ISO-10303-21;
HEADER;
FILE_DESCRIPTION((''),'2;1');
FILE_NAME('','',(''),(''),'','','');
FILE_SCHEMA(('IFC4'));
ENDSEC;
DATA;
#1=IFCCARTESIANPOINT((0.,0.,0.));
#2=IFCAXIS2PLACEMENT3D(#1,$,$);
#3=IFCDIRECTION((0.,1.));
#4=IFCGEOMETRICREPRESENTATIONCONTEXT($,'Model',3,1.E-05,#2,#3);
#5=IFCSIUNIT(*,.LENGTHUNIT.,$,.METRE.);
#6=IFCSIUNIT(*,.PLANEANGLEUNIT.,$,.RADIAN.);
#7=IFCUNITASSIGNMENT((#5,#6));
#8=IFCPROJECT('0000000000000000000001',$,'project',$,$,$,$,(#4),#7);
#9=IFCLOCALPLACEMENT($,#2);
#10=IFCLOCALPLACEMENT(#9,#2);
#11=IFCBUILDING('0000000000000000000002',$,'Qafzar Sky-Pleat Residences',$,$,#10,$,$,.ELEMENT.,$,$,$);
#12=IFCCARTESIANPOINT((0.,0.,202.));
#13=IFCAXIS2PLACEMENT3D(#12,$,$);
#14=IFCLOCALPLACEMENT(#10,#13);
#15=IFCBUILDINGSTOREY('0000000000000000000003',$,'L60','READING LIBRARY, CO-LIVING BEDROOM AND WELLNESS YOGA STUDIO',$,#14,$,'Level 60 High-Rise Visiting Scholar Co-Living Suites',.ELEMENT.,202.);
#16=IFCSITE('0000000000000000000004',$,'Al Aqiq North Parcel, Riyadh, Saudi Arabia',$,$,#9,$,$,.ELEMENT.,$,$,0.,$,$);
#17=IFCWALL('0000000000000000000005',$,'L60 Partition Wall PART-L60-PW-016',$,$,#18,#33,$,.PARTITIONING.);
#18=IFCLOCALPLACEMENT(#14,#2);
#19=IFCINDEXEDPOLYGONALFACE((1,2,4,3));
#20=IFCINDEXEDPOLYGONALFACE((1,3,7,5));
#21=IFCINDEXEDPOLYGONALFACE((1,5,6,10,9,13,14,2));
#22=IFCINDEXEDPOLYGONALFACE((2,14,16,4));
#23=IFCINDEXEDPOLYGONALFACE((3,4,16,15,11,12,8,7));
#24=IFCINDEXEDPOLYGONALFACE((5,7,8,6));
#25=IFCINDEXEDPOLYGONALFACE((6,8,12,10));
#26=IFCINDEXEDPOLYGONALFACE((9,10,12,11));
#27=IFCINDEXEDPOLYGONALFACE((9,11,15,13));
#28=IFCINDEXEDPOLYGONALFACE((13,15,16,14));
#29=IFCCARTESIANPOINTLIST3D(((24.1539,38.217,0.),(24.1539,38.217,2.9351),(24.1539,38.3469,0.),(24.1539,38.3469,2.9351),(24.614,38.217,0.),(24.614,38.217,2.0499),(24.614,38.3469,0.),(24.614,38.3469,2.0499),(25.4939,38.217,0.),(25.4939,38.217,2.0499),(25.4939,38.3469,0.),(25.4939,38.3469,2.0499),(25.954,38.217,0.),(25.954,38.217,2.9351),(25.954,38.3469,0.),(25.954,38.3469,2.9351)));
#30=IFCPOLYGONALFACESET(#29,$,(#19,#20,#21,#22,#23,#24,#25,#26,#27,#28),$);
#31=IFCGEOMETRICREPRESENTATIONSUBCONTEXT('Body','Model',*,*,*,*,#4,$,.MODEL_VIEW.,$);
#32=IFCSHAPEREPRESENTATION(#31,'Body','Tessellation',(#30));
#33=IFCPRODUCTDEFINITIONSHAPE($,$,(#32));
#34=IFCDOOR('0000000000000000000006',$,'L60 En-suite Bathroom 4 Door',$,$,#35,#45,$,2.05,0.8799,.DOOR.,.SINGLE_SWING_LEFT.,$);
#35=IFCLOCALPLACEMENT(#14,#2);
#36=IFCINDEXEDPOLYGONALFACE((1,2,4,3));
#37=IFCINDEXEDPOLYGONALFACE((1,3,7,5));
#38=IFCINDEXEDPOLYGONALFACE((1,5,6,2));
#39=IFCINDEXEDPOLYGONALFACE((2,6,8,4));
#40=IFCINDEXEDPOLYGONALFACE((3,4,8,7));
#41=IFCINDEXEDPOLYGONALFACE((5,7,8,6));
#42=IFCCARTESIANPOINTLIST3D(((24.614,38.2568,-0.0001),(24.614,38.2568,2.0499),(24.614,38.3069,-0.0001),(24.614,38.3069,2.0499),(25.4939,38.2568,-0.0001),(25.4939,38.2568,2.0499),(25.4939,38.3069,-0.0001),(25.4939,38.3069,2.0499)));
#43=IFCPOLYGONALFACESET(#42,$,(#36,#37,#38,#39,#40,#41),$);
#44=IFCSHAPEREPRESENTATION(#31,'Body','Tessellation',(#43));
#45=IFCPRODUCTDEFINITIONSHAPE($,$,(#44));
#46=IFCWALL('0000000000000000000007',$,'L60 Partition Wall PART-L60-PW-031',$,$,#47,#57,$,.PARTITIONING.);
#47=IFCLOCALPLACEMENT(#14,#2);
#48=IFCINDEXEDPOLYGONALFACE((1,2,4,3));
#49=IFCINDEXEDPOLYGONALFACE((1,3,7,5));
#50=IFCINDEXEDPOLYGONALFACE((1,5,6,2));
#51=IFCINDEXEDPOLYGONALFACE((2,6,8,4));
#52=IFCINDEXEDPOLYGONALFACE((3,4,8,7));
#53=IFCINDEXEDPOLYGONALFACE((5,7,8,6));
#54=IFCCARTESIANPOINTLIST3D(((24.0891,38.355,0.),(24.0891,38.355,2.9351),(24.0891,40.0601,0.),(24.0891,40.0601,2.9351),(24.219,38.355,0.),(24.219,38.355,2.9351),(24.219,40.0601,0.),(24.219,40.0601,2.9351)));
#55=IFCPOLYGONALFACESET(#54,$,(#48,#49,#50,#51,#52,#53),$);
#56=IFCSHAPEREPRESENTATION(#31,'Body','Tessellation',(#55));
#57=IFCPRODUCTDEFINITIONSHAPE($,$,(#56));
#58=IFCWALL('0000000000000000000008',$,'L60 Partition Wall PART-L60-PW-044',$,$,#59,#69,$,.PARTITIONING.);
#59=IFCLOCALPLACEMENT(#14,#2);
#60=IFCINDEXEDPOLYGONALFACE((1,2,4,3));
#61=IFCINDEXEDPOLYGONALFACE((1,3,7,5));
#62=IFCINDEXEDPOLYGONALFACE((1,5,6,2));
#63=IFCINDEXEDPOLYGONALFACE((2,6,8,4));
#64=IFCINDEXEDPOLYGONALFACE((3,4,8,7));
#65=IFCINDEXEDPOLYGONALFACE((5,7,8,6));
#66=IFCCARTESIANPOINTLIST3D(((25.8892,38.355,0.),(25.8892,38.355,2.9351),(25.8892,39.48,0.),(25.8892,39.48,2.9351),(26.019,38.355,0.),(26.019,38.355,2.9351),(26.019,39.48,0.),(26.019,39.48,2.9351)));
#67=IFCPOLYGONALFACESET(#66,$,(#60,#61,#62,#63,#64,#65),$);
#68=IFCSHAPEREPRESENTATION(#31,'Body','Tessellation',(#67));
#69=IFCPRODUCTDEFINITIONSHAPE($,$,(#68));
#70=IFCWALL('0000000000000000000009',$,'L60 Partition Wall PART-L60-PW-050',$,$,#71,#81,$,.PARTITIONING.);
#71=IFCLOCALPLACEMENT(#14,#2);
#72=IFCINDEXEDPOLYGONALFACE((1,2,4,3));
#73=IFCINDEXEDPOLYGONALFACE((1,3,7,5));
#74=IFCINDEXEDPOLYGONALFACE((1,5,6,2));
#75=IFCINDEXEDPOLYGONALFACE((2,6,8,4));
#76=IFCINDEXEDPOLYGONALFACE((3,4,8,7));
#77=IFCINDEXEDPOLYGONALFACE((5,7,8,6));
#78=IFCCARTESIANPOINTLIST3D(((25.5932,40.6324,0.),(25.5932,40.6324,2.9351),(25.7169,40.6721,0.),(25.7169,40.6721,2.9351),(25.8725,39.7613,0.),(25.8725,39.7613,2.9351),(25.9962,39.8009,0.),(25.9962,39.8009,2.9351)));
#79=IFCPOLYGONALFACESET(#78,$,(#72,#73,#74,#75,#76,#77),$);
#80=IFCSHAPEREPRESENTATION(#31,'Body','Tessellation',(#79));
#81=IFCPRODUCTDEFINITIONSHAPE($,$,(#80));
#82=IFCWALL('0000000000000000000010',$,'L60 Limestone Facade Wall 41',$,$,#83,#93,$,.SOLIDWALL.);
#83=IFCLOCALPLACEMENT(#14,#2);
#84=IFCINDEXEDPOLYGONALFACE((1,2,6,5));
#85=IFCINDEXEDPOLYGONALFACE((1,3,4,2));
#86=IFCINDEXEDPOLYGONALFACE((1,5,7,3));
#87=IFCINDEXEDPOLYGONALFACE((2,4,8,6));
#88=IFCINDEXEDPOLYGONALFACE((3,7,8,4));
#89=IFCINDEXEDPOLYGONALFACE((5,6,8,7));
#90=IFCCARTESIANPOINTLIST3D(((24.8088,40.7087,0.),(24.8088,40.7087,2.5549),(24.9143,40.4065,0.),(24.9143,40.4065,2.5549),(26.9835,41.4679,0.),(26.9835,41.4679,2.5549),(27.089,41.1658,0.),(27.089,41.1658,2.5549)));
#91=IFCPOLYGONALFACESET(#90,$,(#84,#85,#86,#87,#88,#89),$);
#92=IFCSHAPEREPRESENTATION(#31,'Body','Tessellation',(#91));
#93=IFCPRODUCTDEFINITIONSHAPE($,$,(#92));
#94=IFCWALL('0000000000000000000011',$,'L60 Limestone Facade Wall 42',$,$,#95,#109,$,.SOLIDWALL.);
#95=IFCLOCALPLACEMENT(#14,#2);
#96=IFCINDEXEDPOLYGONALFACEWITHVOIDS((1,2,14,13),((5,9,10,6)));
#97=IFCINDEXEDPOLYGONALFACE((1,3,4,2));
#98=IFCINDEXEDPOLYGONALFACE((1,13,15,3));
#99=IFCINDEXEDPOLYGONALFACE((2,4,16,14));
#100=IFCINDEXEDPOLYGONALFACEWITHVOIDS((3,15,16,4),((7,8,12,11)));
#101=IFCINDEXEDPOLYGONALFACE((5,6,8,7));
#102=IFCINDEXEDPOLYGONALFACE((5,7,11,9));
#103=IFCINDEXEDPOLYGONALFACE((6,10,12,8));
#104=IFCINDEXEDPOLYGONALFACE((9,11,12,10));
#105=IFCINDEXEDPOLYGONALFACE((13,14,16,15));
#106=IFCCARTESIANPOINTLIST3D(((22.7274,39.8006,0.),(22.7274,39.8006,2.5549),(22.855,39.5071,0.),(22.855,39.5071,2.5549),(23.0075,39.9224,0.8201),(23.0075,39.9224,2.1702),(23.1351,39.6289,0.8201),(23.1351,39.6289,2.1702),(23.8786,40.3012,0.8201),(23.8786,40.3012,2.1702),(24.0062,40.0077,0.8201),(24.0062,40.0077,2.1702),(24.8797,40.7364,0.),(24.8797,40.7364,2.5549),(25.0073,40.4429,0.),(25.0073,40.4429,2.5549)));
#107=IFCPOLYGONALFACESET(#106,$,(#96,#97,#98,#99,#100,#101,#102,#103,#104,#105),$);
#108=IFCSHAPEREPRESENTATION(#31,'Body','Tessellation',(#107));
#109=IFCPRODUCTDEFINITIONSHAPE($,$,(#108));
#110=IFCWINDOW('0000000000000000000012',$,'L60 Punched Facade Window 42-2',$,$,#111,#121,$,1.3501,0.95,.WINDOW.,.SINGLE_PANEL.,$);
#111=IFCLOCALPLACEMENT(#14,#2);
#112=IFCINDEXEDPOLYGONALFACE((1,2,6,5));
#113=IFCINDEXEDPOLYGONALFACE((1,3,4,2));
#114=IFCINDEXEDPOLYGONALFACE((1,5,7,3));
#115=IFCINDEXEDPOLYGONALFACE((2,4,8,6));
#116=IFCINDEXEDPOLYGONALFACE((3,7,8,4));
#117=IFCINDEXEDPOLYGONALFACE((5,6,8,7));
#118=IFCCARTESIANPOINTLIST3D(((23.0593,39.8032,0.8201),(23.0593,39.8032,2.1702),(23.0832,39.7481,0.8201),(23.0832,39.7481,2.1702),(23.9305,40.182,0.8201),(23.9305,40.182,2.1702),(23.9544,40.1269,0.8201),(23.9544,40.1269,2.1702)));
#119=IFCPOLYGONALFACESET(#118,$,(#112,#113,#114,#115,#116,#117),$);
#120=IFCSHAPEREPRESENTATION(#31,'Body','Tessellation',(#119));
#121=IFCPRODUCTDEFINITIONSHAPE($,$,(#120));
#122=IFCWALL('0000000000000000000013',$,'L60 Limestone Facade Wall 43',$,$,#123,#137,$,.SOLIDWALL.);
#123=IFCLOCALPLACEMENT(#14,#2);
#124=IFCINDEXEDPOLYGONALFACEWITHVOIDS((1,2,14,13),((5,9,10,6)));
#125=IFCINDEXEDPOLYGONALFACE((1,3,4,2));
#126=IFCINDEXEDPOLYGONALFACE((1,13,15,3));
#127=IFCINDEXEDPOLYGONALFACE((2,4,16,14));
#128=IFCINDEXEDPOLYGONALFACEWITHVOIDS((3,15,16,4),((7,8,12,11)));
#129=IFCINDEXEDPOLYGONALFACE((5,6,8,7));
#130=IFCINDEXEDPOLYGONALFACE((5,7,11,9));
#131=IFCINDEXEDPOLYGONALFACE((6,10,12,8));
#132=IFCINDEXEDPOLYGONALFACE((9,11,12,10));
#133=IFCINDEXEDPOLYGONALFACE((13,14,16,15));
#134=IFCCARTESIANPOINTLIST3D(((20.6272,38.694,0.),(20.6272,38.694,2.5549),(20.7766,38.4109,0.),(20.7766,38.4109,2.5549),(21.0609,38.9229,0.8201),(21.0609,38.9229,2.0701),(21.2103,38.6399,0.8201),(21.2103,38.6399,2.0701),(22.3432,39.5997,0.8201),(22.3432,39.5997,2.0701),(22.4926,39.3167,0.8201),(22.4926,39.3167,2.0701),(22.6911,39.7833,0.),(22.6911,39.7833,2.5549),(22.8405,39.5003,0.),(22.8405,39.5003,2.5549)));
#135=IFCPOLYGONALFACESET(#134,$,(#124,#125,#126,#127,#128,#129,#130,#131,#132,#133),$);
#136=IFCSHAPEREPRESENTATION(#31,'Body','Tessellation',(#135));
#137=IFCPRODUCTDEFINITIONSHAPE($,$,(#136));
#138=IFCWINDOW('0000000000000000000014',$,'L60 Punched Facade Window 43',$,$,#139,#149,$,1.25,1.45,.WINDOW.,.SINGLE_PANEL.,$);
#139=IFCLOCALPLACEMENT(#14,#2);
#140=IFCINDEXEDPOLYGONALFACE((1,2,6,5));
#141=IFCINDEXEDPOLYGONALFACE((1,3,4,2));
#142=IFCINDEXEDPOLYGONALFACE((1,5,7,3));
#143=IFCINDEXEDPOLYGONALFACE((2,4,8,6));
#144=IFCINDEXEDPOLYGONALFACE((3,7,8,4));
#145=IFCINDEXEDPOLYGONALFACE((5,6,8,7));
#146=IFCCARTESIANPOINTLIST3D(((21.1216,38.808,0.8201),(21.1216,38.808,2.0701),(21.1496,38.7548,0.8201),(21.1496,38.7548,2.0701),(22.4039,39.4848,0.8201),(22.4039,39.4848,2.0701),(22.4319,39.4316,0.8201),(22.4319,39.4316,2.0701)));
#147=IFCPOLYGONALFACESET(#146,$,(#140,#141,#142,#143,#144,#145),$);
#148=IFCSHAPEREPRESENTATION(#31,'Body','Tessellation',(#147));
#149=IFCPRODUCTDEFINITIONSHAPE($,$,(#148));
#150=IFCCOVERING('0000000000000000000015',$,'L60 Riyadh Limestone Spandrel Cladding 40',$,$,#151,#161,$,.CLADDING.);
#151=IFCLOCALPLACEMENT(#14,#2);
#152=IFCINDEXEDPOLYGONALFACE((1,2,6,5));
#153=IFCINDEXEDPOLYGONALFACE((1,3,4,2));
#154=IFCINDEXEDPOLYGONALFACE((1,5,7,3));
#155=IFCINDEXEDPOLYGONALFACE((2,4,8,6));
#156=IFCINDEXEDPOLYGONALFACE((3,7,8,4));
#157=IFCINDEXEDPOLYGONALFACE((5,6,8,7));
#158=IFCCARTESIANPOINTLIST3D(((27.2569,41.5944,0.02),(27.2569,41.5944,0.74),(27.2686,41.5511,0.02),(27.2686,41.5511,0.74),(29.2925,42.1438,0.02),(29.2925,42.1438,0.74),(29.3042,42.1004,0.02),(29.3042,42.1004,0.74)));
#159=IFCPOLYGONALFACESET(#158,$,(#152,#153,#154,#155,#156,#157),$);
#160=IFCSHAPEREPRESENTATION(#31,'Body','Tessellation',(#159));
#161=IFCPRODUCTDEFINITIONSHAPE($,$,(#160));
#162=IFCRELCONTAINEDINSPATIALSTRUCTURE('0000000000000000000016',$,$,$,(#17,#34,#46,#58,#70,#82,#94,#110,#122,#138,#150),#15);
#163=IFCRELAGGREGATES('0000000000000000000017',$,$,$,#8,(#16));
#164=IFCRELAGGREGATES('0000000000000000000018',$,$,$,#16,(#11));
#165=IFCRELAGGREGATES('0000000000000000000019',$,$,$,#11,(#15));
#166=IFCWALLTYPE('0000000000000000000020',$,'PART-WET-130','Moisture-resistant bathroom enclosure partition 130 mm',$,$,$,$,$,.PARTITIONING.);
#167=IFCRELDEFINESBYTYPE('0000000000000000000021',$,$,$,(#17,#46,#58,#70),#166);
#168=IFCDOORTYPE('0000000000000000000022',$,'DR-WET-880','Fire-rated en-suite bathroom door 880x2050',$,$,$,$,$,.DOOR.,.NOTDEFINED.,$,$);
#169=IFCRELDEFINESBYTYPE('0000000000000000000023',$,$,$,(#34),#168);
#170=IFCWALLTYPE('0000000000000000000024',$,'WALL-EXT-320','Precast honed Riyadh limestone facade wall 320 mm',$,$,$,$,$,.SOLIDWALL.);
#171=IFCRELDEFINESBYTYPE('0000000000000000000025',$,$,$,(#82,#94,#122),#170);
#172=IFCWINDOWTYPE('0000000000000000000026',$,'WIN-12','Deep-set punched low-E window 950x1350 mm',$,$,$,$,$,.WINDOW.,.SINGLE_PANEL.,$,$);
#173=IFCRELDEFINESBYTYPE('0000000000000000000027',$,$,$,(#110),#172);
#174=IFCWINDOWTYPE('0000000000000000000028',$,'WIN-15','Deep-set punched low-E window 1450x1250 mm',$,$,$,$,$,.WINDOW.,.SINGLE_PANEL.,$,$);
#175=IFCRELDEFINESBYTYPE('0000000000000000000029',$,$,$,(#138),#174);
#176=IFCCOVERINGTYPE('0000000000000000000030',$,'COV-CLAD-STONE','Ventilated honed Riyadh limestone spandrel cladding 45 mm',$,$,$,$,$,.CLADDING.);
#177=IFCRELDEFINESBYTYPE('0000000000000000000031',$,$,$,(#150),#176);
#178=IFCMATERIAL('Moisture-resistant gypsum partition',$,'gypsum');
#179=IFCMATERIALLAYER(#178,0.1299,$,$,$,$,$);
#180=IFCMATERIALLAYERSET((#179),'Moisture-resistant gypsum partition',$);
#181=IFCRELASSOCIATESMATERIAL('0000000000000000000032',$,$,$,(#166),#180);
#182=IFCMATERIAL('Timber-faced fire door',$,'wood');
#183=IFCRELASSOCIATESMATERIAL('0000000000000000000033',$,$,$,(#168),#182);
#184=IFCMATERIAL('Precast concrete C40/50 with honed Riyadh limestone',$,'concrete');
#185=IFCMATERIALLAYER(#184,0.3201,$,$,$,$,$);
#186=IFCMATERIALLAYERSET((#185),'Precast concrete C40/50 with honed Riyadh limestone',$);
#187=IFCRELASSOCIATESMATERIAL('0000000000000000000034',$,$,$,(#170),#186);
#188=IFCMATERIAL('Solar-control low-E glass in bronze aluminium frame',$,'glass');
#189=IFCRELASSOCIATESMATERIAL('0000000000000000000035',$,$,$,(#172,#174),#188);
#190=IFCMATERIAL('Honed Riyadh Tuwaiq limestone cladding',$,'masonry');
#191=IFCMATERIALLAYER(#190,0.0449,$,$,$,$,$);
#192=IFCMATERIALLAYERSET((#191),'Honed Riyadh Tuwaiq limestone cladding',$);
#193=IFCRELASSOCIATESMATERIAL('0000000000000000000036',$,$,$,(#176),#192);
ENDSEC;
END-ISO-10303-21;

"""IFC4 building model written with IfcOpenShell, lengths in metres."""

from ifc_helpers import new_model, si_unit, direction, frame, frame_2d, origin, origin_2d, place, context, subcontext, project, spatial, rectangle, extrude, source, transform, mapped, material, layer, layer_set, type_object, element, fill, save


model = new_model("IFC4")

# Units and contexts
model_context = context("Model", 3, precision=1e-05, world=origin(), true_north=direction((0.0, 1.0)))
body_context = subcontext(model_context, "Body", "Model", "MODEL_VIEW")
ifc_project = project(units=[si_unit("LENGTHUNIT", "METRE"), si_unit("PLANEANGLEUNIT", "RADIAN")], contexts=[model_context])

# Site, building, storey
site_placement = place(None, origin())
site = spatial("IfcSite", under=ifc_project, at=site_placement, Name="Al Aqiq North Parcel, Riyadh, Saudi Arabia", CompositionType="ELEMENT", RefElevation=0.0)
building_placement = place(site_placement, origin())
building = spatial("IfcBuilding", under=site, at=building_placement, Name="Qafzar Sky-Pleat Residences", CompositionType="ELEMENT")
storey_placement = place(building_placement, frame((0.0, 0.0, 202.0)))
storey = spatial("IfcBuildingStorey", under=building, at=storey_placement, Name="L60", Description="READING LIBRARY, CO-LIVING BEDROOM AND WELLNESS YOGA STUDIO", LongName="Level 60 High-Rise Visiting Scholar Co-Living Suites", CompositionType="ELEMENT", Elevation=202.0)

# Wall, opening, door
ifc_material_1 = material(Name="Moisture-resistant gypsum partition", Category="gypsum")
ifc_layer_1 = layer(ifc_material_1, 0.1299)
ifc_layer_set_1 = layer_set([ifc_layer_1], Name="Moisture-resistant gypsum partition")
wall_type_1 = type_object("IfcWallType", Name="PART-WET-130", Description="Moisture-resistant bathroom enclosure partition 130 mm", PredefinedType="PARTITIONING", material=ifc_layer_set_1)
wall_1_placement = place(storey_placement, frame((24.1541, 38.282, 0.0), z_axis=(0.0, 0.0, 1.0), x_axis=(1.0, 0.0, 0.0)))
wall_1 = element("IfcWall", 1, at=wall_1_placement, inside=storey, type_object=wall_type_1, Name="L60 Partition Wall PART-L60-PW-016", PredefinedType="PARTITIONING", context=body_context, shape_type="SweptSolid", body=[
    extrude(rectangle(XDim=1.8, YDim=0.1299, at=frame_2d((0.8999, 0.0))), origin(), (0.0, 0.0, 1.0), 2.9351),
])
opening_1_placement = place(wall_1_placement, frame((0.46, 0.0, 0.0)))
opening_1 = element("IfcOpeningElement", 2, at=opening_1_placement, cuts=wall_1, PredefinedType="OPENING", context=body_context, shape_type="SweptSolid", body=[
    extrude(rectangle(XDim=0.8799, YDim=2.05, at=frame_2d((0.4399, 1.0249))), frame((0.0, 0.075, 0.0), z_axis=(0.0, -1.0, 0.0), x_axis=(1.0, 0.0, 0.0)), (0.0, 0.0, 1.0), 0.1499),
])
ifc_material_2 = material(Name="Timber-faced fire door", Category="wood")
door_type = type_object("IfcDoorType", Name="DR-WET-880", Description="Fire-rated en-suite bathroom door 880x2050", OperationType="NOTDEFINED", PredefinedType="DOOR", material=ifc_material_2)
shared_shape_1 = source(origin(), body_context, "Body", "SweptSolid", [
    extrude(rectangle(XDim=0.8799, YDim=2.05, at=frame_2d((0.4399, 1.0249))), frame((0.0, 0.0249, 0.0), z_axis=(0.0, -1.0, 0.0), x_axis=(1.0, 0.0, 0.0)), (0.0, 0.0, 1.0), 0.05),
])
door_placement = place(opening_1_placement, origin())
door = element("IfcDoor", 3, at=door_placement, inside=storey, type_object=door_type, Name="L60 En-suite Bathroom 4 Door", OperationType="SINGLE_SWING_LEFT", OverallHeight=2.05, OverallWidth=0.8799, PredefinedType="DOOR", context=body_context, shape_type="MappedRepresentation", body=[
    mapped(shared_shape_1, transform((0.0, 0.0, 0.0), x_axis=(1.0, 0.0, 0.0), y_axis=(0.0, 1.0, 0.0), z_axis=(0.0, 0.0, 1.0), scale=1.0)),
])
fill(opening_1, door)

# Walls
wall_2_placement = place(storey_placement, frame((24.1541, 38.355, 0.0), z_axis=(0.0, 0.0, 1.0), x_axis=(0.0, 1.0, 0.0)))
element("IfcWall", 4, at=wall_2_placement, inside=storey, type_object=wall_type_1, Name="L60 Partition Wall PART-L60-PW-031", PredefinedType="PARTITIONING", context=body_context, shape_type="SweptSolid", body=[
    extrude(rectangle(XDim=1.7051, YDim=0.1299, at=frame_2d((0.8525, 0.0))), origin(), (0.0, 0.0, 1.0), 2.9351),
])
wall_3_placement = place(storey_placement, frame((25.9541, 38.355, 0.0), z_axis=(0.0, 0.0, 1.0), x_axis=(0.0, 1.0, 0.0)))
element("IfcWall", 5, at=wall_3_placement, inside=storey, type_object=wall_type_1, Name="L60 Partition Wall PART-L60-PW-044", PredefinedType="PARTITIONING", context=body_context, shape_type="SweptSolid", body=[
    extrude(rectangle(XDim=1.125, YDim=0.1299, at=frame_2d((0.5625, 0.0))), origin(), (0.0, 0.0, 1.0), 2.9351),
])
wall_4_placement = place(storey_placement, frame((25.655, 40.6523, 0.0), z_axis=(0.0, 0.0, 1.0), x_axis=(0.305318, -0.95225, 0.0)))
element("IfcWall", 6, at=wall_4_placement, inside=storey, type_object=wall_type_1, Name="L60 Partition Wall PART-L60-PW-050", PredefinedType="PARTITIONING", context=body_context, shape_type="SweptSolid", body=[
    extrude(rectangle(XDim=0.9148, YDim=0.1299, at=frame_2d((0.4575, 0.0))), origin(), (0.0, 0.0, 1.0), 2.9351),
])
ifc_material_3 = material(Name="Precast concrete C40/50 with honed Riyadh limestone", Category="concrete")
ifc_layer_2 = layer(ifc_material_3, 0.3201)
ifc_layer_set_2 = layer_set([ifc_layer_2], Name="Precast concrete C40/50 with honed Riyadh limestone")
wall_type_2 = type_object("IfcWallType", Name="WALL-EXT-320", Description="Precast honed Riyadh limestone facade wall 320 mm", PredefinedType="SOLIDWALL", material=ifc_layer_set_2)
wall_5_placement = place(storey_placement, frame((27.0364, 41.3169, 0.0), z_axis=(0.0, 0.0, 1.0), x_axis=(-0.944116, -0.329614, 0.0)))
element("IfcWall", 7, at=wall_5_placement, inside=storey, type_object=wall_type_2, Name="L60 Limestone Facade Wall 41", PredefinedType="SOLIDWALL", context=body_context, shape_type="SweptSolid", body=[
    extrude(rectangle(XDim=2.3035, YDim=0.3201, at=frame_2d((1.1519, 0.0))), origin(), (0.0, 0.0, 1.0), 2.5549),
])

# Walls, openings, windows
wall_6_placement = place(storey_placement, frame((24.9434, 40.5896, 0.0), z_axis=(0.0, 0.0, 1.0), x_axis=(-0.917072, -0.398722, 0.0)))
wall_6 = element("IfcWall", 8, at=wall_6_placement, inside=storey, type_object=wall_type_2, Name="L60 Limestone Facade Wall 42", PredefinedType="SOLIDWALL", context=body_context, shape_type="SweptSolid", body=[
    extrude(rectangle(XDim=2.3469, YDim=0.3201, at=frame_2d((1.1733, 0.0))), origin(), (0.0, 0.0, 1.0), 2.5549),
])
opening_2_placement = place(wall_6_placement, frame((1.0913, 0.0, 0.8201)))
opening_2 = element("IfcOpeningElement", 9, at=opening_2_placement, cuts=wall_6, PredefinedType="OPENING", context=body_context, shape_type="SweptSolid", body=[
    extrude(rectangle(XDim=0.95, YDim=1.3501, at=frame_2d((0.4751, 0.675))), frame((0.0, 0.1699, 0.0), z_axis=(0.0, -1.0, 0.0), x_axis=(1.0, 0.0, 0.0)), (0.0, 0.0, 1.0), 0.3401),
])
ifc_material_4 = material(Name="Solar-control low-E glass in bronze aluminium frame", Category="glass")
window_type_1 = type_object("IfcWindowType", Name="WIN-12", Description="Deep-set punched low-E window 950x1350 mm", PartitioningType="SINGLE_PANEL", PredefinedType="WINDOW", material=ifc_material_4)
shared_shape_2 = source(origin(), body_context, "Body", "SweptSolid", [
    extrude(rectangle(XDim=0.95, YDim=1.3501, at=frame_2d((0.4751, 0.675))), frame((0.0, 0.03, 0.0), z_axis=(0.0, -1.0, 0.0), x_axis=(1.0, 0.0, 0.0)), (0.0, 0.0, 1.0), 0.0601),
])
window_1_placement = place(opening_2_placement, origin())
window_1 = element("IfcWindow", 10, at=window_1_placement, inside=storey, type_object=window_type_1, Name="L60 Punched Facade Window 42-2", OverallHeight=1.3501, OverallWidth=0.95, PartitioningType="SINGLE_PANEL", PredefinedType="WINDOW", context=body_context, shape_type="MappedRepresentation", body=[
    mapped(shared_shape_2, transform((0.0, 0.0, 0.0), x_axis=(1.0, 0.0, 0.0), y_axis=(0.0, 1.0, 0.0), z_axis=(0.0, 0.0, 1.0), scale=1.0)),
])
fill(opening_2, window_1)
wall_7_placement = place(storey_placement, frame((22.7659, 39.6418, 0.0), z_axis=(0.0, 0.0, 1.0), x_axis=(-0.884378, -0.466772, 0.0)))
wall_7 = element("IfcWall", 11, at=wall_7_placement, inside=storey, type_object=wall_type_2, Name="L60 Limestone Facade Wall 43", PredefinedType="SOLIDWALL", context=body_context, shape_type="SweptSolid", body=[
    extrude(rectangle(XDim=2.3337, YDim=0.3201, at=frame_2d((1.167, 0.0))), origin(), (0.0, 0.0, 1.0), 2.5549),
])
opening_3_placement = place(wall_7_placement, frame((0.3933, 0.0, 0.8201)))
opening_3 = element("IfcOpeningElement", 12, at=opening_3_placement, cuts=wall_7, PredefinedType="OPENING", context=body_context, shape_type="SweptSolid", body=[
    extrude(rectangle(XDim=1.45, YDim=1.25, at=frame_2d((0.7251, 0.625))), frame((0.0, 0.1699, 0.0), z_axis=(0.0, -1.0, 0.0), x_axis=(1.0, 0.0, 0.0)), (0.0, 0.0, 1.0), 0.3401),
])
window_type_2 = type_object("IfcWindowType", Name="WIN-15", Description="Deep-set punched low-E window 1450x1250 mm", PartitioningType="SINGLE_PANEL", PredefinedType="WINDOW", material=ifc_material_4)
shared_shape_3 = source(origin(), body_context, "Body", "SweptSolid", [
    extrude(rectangle(XDim=1.45, YDim=1.25, at=frame_2d((0.7251, 0.625))), frame((0.0, 0.03, 0.0), z_axis=(0.0, -1.0, 0.0), x_axis=(1.0, 0.0, 0.0)), (0.0, 0.0, 1.0), 0.0601),
])
window_2_placement = place(opening_3_placement, origin())
window_2 = element("IfcWindow", 13, at=window_2_placement, inside=storey, type_object=window_type_2, Name="L60 Punched Facade Window 43", OverallHeight=1.25, OverallWidth=1.45, PartitioningType="SINGLE_PANEL", PredefinedType="WINDOW", context=body_context, shape_type="MappedRepresentation", body=[
    mapped(shared_shape_3, transform((0.0, 0.0, 0.0), x_axis=(1.0, 0.0, 0.0), y_axis=(0.0, 1.0, 0.0), z_axis=(0.0, 0.0, 1.0), scale=1.0)),
])
fill(opening_3, window_2)

# Covering
ifc_material_5 = material(Name="Honed Riyadh Tuwaiq limestone cladding", Category="masonry")
ifc_layer_3 = layer(ifc_material_5, 0.0449)
ifc_layer_set_3 = layer_set([ifc_layer_3], Name="Honed Riyadh Tuwaiq limestone cladding")
covering_type = type_object("IfcCoveringType", Name="COV-CLAD-STONE", Description="Ventilated honed Riyadh limestone spandrel cladding 45 mm", PredefinedType="CLADDING", material=ifc_layer_set_3)
shared_shape_4 = source(origin(), body_context, "Body", "SweptSolid", [
    extrude(rectangle(XDim=2.1084, YDim=0.0449, at=origin_2d()), origin(), (0.0, 0.0, 1.0), 0.72),
])
covering_1_placement = place(storey_placement, frame((28.2805, 41.8474, 0.02), z_axis=(0.0, 0.0, 1.0), x_axis=(-0.965465, -0.260534, 0.0)))
element("IfcCovering", 14, at=covering_1_placement, inside=storey, type_object=covering_type, Name="L60 Riyadh Limestone Spandrel Cladding 40", PredefinedType="CLADDING", context=body_context, shape_type="MappedRepresentation", body=[
    mapped(shared_shape_4, transform((0.0, 0.0, 0.0), x_axis=(1.0, 0.0, 0.0), y_axis=(0.0, 1.0, 0.0), z_axis=(0.0, 0.0, 1.0), scale=1.0)),
])

save(model, "model.ifc")
